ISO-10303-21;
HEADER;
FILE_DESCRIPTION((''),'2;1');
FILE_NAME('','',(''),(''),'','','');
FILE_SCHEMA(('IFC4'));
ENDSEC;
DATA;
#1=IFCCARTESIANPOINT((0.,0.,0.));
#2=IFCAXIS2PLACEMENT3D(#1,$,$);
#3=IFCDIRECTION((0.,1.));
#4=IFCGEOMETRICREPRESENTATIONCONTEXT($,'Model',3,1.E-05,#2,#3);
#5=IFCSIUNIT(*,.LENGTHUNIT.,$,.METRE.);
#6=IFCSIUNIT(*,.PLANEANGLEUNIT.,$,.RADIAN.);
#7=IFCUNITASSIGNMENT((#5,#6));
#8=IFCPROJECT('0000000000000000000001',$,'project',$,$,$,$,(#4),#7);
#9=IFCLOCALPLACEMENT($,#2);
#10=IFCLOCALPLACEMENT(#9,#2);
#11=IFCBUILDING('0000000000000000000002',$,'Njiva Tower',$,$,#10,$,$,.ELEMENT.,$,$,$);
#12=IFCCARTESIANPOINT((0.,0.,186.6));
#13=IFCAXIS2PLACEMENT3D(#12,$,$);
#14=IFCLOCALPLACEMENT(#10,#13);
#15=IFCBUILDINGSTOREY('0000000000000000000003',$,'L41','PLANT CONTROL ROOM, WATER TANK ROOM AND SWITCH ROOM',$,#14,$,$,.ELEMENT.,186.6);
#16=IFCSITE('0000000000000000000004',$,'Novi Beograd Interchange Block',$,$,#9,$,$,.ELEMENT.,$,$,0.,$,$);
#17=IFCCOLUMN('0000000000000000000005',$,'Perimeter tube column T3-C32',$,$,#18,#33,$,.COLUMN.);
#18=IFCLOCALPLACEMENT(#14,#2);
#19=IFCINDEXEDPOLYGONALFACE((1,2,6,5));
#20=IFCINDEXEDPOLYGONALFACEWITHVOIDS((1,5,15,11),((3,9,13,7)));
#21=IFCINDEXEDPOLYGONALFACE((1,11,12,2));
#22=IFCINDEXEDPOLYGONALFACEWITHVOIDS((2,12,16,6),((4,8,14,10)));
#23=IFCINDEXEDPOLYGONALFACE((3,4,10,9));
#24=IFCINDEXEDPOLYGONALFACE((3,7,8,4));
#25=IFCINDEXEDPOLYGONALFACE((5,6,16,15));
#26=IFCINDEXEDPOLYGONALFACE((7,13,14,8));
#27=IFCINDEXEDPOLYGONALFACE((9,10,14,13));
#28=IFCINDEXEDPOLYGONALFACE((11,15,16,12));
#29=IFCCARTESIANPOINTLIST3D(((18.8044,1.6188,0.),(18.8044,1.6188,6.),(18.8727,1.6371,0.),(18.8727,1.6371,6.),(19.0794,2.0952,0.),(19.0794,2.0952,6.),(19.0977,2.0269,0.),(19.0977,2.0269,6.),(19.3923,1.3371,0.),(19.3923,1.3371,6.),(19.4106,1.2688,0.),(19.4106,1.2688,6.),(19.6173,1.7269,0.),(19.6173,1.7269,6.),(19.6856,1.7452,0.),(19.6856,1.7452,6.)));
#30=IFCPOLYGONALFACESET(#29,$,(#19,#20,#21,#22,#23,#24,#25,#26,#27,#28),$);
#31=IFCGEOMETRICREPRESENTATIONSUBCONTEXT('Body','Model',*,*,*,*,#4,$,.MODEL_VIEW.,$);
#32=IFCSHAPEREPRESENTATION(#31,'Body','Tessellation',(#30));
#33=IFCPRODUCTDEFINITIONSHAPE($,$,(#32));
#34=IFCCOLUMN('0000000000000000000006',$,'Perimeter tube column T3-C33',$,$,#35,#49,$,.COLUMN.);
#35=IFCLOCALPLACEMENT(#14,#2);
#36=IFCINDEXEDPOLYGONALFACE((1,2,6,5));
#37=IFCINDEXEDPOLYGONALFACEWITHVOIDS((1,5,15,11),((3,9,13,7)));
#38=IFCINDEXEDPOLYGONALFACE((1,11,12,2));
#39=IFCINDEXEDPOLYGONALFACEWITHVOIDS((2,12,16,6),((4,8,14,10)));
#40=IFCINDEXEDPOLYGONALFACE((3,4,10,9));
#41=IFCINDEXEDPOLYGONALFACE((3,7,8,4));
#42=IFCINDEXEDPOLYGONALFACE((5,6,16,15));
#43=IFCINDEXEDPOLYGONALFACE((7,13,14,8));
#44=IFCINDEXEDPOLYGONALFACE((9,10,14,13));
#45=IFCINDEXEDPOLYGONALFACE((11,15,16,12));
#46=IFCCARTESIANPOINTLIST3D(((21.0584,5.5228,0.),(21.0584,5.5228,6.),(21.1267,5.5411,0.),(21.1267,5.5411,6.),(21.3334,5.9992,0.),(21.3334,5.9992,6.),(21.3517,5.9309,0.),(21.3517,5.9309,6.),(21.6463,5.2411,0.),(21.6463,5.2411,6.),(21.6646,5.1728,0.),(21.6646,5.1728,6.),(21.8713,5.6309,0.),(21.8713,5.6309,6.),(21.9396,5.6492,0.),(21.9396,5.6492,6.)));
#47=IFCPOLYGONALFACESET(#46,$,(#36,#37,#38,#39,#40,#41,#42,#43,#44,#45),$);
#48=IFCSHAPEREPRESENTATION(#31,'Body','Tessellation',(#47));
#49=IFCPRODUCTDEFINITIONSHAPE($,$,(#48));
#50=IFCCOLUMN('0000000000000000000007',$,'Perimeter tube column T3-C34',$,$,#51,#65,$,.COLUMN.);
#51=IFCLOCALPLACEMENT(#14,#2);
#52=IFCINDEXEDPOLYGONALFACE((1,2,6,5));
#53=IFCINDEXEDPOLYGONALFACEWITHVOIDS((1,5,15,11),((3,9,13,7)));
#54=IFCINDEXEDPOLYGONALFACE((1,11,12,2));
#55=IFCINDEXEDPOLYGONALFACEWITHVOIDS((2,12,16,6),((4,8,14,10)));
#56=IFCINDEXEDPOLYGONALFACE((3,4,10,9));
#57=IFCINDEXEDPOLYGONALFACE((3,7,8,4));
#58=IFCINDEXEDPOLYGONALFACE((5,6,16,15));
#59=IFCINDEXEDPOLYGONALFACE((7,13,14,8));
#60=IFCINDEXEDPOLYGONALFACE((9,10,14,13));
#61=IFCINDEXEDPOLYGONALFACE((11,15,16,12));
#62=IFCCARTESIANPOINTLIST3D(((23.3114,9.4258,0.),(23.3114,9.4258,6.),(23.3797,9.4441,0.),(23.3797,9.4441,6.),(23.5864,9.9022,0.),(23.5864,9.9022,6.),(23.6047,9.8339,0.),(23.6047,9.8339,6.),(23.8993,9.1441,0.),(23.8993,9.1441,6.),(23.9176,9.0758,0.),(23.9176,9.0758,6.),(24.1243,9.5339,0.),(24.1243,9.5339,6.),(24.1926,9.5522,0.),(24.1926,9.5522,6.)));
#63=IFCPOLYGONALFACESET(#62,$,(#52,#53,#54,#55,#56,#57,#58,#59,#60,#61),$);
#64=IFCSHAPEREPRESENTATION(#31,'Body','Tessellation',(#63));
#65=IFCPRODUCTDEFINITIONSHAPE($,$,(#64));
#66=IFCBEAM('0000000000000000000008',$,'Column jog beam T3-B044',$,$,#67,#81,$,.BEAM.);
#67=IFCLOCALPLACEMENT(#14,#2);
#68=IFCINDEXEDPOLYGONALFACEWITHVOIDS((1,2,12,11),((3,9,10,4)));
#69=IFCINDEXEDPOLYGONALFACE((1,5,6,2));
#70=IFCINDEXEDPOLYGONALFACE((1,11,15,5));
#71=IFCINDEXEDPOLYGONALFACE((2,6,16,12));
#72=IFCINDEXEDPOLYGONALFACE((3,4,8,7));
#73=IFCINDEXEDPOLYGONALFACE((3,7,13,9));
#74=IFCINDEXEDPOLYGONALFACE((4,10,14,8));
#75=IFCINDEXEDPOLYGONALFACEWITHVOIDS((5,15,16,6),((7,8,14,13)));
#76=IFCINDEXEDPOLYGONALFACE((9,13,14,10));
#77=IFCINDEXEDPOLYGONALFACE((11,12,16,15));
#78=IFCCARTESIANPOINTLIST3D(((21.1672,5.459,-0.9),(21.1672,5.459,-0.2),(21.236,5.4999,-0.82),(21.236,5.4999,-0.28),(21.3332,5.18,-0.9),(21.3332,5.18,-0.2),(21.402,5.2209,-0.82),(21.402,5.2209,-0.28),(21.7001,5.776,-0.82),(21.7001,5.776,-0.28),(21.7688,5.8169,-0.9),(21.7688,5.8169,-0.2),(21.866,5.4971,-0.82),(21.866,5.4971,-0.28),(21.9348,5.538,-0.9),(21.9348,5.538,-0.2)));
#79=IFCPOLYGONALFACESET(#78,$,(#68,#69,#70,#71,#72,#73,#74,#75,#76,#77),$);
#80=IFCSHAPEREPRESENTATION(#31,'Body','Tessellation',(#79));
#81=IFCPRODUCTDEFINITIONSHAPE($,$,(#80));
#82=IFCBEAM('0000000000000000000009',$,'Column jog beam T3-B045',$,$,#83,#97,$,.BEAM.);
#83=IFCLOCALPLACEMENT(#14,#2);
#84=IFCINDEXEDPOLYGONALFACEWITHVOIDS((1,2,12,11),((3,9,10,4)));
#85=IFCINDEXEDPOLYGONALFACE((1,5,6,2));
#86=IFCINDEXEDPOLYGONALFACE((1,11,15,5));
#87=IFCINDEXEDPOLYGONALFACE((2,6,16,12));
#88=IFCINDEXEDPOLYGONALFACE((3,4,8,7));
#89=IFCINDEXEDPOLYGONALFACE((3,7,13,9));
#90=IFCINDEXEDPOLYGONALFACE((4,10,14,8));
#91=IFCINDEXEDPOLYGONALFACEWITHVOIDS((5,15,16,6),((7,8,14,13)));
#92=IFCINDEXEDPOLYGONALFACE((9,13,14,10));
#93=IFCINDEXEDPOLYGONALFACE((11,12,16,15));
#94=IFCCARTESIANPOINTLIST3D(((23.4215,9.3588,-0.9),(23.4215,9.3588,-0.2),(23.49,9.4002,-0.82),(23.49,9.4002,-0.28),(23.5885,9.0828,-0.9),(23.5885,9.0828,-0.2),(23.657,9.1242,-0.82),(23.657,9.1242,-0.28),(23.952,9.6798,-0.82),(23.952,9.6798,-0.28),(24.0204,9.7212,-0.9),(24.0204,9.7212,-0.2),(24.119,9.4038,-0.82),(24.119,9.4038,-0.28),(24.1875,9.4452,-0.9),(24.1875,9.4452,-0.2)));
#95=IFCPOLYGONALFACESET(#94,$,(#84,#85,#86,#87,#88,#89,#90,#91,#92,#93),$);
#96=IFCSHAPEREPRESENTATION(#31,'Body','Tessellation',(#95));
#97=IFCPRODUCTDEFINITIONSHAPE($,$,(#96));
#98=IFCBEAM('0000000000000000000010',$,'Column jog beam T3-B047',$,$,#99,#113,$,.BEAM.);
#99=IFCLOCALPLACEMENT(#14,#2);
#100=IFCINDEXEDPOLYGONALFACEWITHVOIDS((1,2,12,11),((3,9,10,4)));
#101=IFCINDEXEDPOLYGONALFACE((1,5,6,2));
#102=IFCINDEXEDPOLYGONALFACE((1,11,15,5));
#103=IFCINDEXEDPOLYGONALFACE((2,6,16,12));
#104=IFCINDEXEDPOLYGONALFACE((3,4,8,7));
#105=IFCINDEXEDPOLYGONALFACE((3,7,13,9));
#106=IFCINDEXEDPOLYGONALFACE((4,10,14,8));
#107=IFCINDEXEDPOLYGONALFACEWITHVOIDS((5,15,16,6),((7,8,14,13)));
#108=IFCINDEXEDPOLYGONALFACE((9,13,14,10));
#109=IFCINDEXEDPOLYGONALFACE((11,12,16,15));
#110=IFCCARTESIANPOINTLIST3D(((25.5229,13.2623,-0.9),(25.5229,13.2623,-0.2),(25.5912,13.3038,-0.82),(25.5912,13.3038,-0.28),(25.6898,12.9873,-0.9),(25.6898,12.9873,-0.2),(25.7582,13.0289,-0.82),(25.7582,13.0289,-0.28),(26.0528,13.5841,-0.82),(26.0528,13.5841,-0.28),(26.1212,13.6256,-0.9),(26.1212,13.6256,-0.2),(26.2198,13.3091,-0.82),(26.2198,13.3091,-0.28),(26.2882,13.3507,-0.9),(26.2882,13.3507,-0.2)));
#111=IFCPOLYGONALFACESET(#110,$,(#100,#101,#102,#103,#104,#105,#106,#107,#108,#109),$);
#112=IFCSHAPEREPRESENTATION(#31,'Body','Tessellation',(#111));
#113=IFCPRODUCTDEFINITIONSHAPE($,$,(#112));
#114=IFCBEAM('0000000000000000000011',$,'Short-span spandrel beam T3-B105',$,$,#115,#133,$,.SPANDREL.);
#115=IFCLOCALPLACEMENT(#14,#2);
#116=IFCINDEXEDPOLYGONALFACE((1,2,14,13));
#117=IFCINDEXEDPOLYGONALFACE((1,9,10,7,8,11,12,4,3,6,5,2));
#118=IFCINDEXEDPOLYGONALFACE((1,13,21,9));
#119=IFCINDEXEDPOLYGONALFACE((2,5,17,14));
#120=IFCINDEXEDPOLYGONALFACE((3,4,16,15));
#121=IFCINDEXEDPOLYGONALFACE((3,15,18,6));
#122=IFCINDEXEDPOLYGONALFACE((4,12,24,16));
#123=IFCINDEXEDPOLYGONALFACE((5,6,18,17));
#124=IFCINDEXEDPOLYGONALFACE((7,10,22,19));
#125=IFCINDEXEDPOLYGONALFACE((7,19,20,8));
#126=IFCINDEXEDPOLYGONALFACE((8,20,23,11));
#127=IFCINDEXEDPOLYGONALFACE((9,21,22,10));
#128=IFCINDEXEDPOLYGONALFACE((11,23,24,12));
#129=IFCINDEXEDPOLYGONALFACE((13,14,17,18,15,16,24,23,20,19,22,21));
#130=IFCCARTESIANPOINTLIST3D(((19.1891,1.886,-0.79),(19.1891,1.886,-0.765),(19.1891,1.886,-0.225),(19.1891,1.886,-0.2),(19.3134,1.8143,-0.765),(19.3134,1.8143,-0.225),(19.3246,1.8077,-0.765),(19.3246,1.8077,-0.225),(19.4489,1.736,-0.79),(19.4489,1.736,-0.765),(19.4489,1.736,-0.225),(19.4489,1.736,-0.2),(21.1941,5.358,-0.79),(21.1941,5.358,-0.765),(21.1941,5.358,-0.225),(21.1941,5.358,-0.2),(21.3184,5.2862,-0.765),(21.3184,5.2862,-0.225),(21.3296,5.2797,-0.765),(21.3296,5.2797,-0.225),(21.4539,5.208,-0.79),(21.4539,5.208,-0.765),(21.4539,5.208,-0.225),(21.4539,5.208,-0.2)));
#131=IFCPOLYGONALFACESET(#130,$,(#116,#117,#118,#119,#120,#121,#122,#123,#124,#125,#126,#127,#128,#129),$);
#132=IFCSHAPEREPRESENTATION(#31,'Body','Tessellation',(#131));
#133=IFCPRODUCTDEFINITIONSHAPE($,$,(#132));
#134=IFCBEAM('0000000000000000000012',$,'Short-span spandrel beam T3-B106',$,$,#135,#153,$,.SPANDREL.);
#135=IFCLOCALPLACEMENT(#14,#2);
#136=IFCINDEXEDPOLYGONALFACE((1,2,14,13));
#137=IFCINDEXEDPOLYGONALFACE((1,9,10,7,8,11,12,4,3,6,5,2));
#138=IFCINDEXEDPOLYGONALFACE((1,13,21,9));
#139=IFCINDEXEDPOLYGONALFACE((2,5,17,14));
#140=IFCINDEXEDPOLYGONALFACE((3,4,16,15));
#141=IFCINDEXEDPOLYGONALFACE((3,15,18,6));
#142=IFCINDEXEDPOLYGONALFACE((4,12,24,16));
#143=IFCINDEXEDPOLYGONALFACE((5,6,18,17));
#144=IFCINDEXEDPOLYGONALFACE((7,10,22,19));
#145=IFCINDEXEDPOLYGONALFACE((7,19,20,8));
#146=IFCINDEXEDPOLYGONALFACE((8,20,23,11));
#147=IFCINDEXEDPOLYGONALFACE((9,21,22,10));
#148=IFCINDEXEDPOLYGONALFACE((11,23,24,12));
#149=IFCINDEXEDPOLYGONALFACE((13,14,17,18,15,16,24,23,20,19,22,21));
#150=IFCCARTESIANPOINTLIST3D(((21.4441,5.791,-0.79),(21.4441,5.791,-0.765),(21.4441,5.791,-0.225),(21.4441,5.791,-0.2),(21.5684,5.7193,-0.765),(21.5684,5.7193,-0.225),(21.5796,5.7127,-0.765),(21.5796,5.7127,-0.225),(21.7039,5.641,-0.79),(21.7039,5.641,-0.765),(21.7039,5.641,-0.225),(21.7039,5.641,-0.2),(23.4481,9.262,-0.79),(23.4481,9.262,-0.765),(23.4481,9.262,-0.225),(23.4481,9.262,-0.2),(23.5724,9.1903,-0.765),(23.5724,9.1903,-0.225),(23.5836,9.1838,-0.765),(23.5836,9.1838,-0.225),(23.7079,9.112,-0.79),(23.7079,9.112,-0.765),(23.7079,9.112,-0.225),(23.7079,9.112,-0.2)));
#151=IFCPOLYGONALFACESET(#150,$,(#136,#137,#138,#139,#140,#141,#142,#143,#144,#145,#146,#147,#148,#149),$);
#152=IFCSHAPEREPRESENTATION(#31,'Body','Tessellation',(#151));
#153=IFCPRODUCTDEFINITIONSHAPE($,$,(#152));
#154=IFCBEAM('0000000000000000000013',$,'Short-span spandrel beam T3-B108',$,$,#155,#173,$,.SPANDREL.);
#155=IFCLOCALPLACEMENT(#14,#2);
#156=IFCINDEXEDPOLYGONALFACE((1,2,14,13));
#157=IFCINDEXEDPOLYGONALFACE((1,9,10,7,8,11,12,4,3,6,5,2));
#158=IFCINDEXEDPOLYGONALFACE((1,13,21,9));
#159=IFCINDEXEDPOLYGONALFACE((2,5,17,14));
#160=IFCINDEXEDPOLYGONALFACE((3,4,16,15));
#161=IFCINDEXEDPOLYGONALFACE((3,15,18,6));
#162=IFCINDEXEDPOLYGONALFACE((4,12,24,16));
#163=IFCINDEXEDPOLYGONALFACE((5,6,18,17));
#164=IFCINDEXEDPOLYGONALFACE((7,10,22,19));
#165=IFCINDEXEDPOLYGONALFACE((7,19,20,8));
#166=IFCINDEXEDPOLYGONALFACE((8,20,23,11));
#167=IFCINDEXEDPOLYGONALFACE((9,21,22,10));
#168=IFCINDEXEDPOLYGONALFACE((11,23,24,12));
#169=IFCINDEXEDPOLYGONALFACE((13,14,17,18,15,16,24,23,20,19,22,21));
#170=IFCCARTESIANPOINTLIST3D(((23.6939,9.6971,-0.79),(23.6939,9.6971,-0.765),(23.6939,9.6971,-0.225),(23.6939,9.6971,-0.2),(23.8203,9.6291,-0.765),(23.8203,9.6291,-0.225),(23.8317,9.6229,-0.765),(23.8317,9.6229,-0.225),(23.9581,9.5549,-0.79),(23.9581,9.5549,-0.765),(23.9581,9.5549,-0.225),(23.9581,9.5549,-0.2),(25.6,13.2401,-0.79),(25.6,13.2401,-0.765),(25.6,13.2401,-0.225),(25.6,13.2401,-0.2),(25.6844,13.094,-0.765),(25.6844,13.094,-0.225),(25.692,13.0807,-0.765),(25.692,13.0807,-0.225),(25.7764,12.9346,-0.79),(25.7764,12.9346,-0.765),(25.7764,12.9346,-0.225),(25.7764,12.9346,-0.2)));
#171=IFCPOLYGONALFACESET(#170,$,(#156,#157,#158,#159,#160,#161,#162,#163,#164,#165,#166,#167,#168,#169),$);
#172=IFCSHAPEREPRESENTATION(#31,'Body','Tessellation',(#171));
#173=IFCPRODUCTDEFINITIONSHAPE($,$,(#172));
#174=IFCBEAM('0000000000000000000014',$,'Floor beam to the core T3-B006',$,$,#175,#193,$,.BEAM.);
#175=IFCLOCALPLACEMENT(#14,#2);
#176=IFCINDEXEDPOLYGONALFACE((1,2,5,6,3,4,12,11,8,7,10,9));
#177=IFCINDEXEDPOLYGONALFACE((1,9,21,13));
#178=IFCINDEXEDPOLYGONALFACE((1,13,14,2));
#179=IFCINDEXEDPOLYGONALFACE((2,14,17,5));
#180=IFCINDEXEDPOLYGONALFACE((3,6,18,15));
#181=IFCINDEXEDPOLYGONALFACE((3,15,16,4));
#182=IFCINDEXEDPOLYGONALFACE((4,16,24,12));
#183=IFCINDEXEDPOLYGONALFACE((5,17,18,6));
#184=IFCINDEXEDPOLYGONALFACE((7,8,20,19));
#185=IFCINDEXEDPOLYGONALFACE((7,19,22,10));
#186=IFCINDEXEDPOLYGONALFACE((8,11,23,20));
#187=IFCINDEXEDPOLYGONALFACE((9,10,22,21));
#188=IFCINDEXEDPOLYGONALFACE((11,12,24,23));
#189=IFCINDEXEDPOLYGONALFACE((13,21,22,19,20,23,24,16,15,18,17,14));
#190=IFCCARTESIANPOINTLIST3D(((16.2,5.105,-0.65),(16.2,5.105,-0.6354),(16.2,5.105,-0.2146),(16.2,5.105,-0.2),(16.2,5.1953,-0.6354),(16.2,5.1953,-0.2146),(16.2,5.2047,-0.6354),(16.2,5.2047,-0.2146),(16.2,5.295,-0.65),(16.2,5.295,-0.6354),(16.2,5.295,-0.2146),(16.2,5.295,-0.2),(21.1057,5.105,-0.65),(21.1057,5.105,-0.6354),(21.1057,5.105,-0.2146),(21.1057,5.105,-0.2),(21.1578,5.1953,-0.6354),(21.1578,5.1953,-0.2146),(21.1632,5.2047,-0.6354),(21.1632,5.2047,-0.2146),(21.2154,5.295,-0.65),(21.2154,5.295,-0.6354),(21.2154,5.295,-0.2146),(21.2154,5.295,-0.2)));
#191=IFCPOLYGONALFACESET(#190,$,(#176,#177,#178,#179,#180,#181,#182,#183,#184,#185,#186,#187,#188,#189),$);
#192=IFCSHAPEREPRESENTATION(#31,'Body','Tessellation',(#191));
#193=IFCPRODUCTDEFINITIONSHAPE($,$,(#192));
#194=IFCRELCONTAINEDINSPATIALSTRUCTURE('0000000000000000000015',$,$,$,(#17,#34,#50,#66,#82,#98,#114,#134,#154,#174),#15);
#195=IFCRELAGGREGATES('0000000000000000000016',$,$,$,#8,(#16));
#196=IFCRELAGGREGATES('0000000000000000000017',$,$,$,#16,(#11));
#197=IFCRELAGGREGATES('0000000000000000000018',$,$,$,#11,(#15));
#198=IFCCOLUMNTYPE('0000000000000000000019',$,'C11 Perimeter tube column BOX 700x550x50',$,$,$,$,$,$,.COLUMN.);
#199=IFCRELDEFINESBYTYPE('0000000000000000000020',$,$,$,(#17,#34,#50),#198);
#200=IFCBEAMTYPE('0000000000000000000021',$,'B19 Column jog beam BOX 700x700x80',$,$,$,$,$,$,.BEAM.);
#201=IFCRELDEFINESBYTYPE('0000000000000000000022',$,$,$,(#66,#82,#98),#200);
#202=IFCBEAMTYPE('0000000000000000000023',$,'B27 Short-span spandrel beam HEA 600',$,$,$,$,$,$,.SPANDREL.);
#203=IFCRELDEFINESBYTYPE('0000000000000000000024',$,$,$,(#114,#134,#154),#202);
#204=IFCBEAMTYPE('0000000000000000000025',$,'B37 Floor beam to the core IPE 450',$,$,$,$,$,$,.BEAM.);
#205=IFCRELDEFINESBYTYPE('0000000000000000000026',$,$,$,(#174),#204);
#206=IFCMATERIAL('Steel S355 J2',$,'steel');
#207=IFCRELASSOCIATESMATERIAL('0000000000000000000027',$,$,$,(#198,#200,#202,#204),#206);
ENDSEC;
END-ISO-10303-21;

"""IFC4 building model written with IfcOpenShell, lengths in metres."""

from ifc_helpers import new_model, si_unit, direction, frame, origin, origin_2d, place, context, subcontext, project, spatial, hollow_rectangle, i_section, extrude, clip, halfspace, material, material_profile, profile_set, type_object, element, save


model = new_model("IFC4")

# Units and contexts
model_context = context("Model", 3, precision=1e-05, world=origin(), true_north=direction((0.0, 1.0)))
body_context = subcontext(model_context, "Body", "Model", "MODEL_VIEW")
ifc_project = project(units=[si_unit("LENGTHUNIT", "METRE"), si_unit("PLANEANGLEUNIT", "RADIAN")], contexts=[model_context])

# Site, building, storey
site_placement = place(None, origin())
site = spatial("IfcSite", under=ifc_project, at=site_placement, Name="Novi Beograd Interchange Block", CompositionType="ELEMENT", RefElevation=0.0)
building_placement = place(site_placement, origin())
building = spatial("IfcBuilding", under=site, at=building_placement, Name="Njiva Tower", CompositionType="ELEMENT")
storey_placement = place(building_placement, frame((0.0, 0.0, 186.6)))
storey = spatial("IfcBuildingStorey", under=building, at=storey_placement, Name="L41", Description="PLANT CONTROL ROOM, WATER TANK ROOM AND SWITCH ROOM", CompositionType="ELEMENT", Elevation=186.6)

# Columns
ifc_material_1 = material(Name="Steel S355 J2", Category="steel")
ifc_material_profile_1 = material_profile(ifc_material_1, hollow_rectangle(XDim=0.55, YDim=0.7, WallThickness=0.05, at=origin_2d()), Name="BOX 700x550x50")
ifc_profile_set_1 = profile_set([ifc_material_profile_1], Name="Steel S355 J2")
column_type = type_object("IfcColumnType", Name="C11 Perimeter tube column BOX 700x550x50", PredefinedType="COLUMN", material=ifc_profile_set_1)
for number, where, z_axis, x_axis, name in (
    (1, (19.245, 1.682, 0.0), (0.0, 0.0, 1.0), (0.5, 0.866025, 0.0), "Perimeter tube column T3-C32"),
    (2, (21.499, 5.586, 0.0), (0.0, 0.0, 1.0), (0.5, 0.866025, 0.0), "Perimeter tube column T3-C33"),
    (3, (23.752, 9.489, 0.0), (0.0, 0.0, 1.0), (0.5, 0.866025, 0.0), "Perimeter tube column T3-C34"),
):
    element("IfcColumn", number, at=place(storey_placement, frame(where, z_axis=z_axis, x_axis=x_axis)), inside=storey, type_object=column_type, Name=name, PredefinedType="COLUMN", context=body_context, shape_type="SweptSolid", body=[
        extrude(hollow_rectangle(XDim=0.55, YDim=0.7, WallThickness=0.05, at=origin_2d()), origin(), (0.0, 0.0, 1.0), 6.0),
    ])

# Beams
ifc_material_profile_2 = material_profile(ifc_material_1, hollow_rectangle(XDim=0.7, YDim=0.7, WallThickness=0.08, at=origin_2d()), Name="BOX 700x700x80")
ifc_profile_set_2 = profile_set([ifc_material_profile_2], Name="Steel S355 J2")
beam_type_1 = type_object("IfcBeamType", Name="B19 Column jog beam BOX 700x700x80", PredefinedType="BEAM", material=ifc_profile_set_2)
beam_1_placement = place(storey_placement, frame((21.634, 5.359, -0.55), z_axis=(-0.511321, 0.85939, 0.0), x_axis=(-0.85939, -0.511321, 0.0)))
element("IfcBeam", 4, at=beam_1_placement, inside=storey, type_object=beam_type_1, Name="Column jog beam T3-B044", PredefinedType="BEAM", context=body_context, shape_type="SweptSolid", body=[
    extrude(hollow_rectangle(XDim=0.7, YDim=0.7, WallThickness=0.08, at=origin_2d()), origin(), (0.0, 0.0, 1.0), 0.3246),
])
beam_2_placement = place(storey_placement, frame((23.888, 9.264, -0.55), z_axis=(-0.517683, 0.855572, 0.0), x_axis=(-0.855572, -0.517683, 0.0)))
element("IfcBeam", 5, at=beam_2_placement, inside=storey, type_object=beam_type_1, Name="Column jog beam T3-B045", PredefinedType="BEAM", context=body_context, shape_type="SweptSolid", body=[
    extrude(hollow_rectangle(XDim=0.7, YDim=0.7, WallThickness=0.08, at=origin_2d()), origin(), (0.0, 0.0, 1.0), 0.3226),
])
beam_3_placement = place(storey_placement, frame((25.989, 13.169, -0.55), z_axis=(-0.519059, 0.854738, 0.0), x_axis=(-0.854738, -0.519059, 0.0)))
element("IfcBeam", 6, at=beam_3_placement, inside=storey, type_object=beam_type_1, Name="Column jog beam T3-B047", PredefinedType="BEAM", context=body_context, shape_type="SweptSolid", body=[
    extrude(hollow_rectangle(XDim=0.7, YDim=0.7, WallThickness=0.08, at=origin_2d()), origin(), (0.0, 0.0, 1.0), 0.3217),
])
ifc_material_profile_3 = material_profile(ifc_material_1, i_section(OverallWidth=0.3, OverallDepth=0.59, WebThickness=0.013, FlangeThickness=0.025, at=origin_2d()), Name="HEA 600")
ifc_profile_set_3 = profile_set([ifc_material_profile_3], Name="Steel S355 J2")
beam_type_2 = type_object("IfcBeamType", Name="B27 Short-span spandrel beam HEA 600", PredefinedType="SPANDREL", material=ifc_profile_set_3)
beam_4_placement = place(storey_placement, frame((19.319, 1.811, -0.495), z_axis=(0.500082, 0.865978, 0.0), x_axis=(-0.865978, 0.500082, 0.0)))
element("IfcBeam", 7, at=beam_4_placement, inside=storey, type_object=beam_type_2, Name="Short-span spandrel beam T3-B105", PredefinedType="SPANDREL", context=body_context, shape_type="SweptSolid", body=[
    extrude(i_section(OverallWidth=0.3, OverallDepth=0.59, WebThickness=0.013, FlangeThickness=0.025, at=origin_2d()), origin(), (0.0, 0.0, 1.0), 4.0093),
])
beam_5_placement = place(storey_placement, frame((21.574, 5.716, -0.495), z_axis=(0.500003, 0.866024, 0.0), x_axis=(-0.866024, 0.500003, 0.0)))
element("IfcBeam", 8, at=beam_5_placement, inside=storey, type_object=beam_type_2, Name="Short-span spandrel beam T3-B106", PredefinedType="SPANDREL", context=body_context, shape_type="SweptSolid", body=[
    extrude(i_section(OverallWidth=0.3, OverallDepth=0.59, WebThickness=0.013, FlangeThickness=0.025, at=origin_2d()), origin(), (0.0, 0.0, 1.0), 4.008),
])
beam_6_placement = place(storey_placement, frame((23.826, 9.626, -0.495), z_axis=(0.473781, 0.880643, 0.0), x_axis=(-0.880643, 0.473781, 0.0)))
element("IfcBeam", 9, at=beam_6_placement, inside=storey, type_object=beam_type_2, Name="Short-span spandrel beam T3-B108", PredefinedType="SPANDREL", context=body_context, shape_type="Clipping", body=[
    clip(extrude(i_section(OverallWidth=0.3, OverallDepth=0.59, WebThickness=0.013, FlangeThickness=0.025, at=origin_2d()), origin(), (0.0, 0.0, 1.0), 4.0431), halfspace(frame((-0.0262, 0.0, 3.9143), z_axis=(-0.52577, 0.0, 0.850627), x_axis=(0.0, 1.0, 0.0)), False)),
])
ifc_material_profile_4 = material_profile(ifc_material_1, i_section(OverallWidth=0.19, OverallDepth=0.45, WebThickness=0.0094, FlangeThickness=0.0146, at=origin_2d()), Name="IPE 450")
ifc_profile_set_4 = profile_set([ifc_material_profile_4], Name="Steel S355 J2")
beam_type_3 = type_object("IfcBeamType", Name="B37 Floor beam to the core IPE 450", PredefinedType="BEAM", material=ifc_profile_set_4)
beam_7_placement = place(storey_placement, frame((16.2, 5.2, -0.425), z_axis=(1.0, 0.0, 0.0), x_axis=(0.0, 1.0, 0.0)))
element("IfcBeam", 10, at=beam_7_placement, inside=storey, type_object=beam_type_3, Name="Floor beam to the core T3-B006", PredefinedType="BEAM", context=body_context, shape_type="Clipping", body=[
    clip(extrude(i_section(OverallWidth=0.19, OverallDepth=0.45, WebThickness=0.0094, FlangeThickness=0.0146, at=origin_2d()), origin(), (0.0, 0.0, 1.0), 5.036), halfspace(frame((-0.025, 0.0, 4.9461), z_axis=(-0.499998, 0.0, 0.866027), x_axis=(0.0, 1.0, 0.0)), False)),
])

save(model, "model.ifc")
